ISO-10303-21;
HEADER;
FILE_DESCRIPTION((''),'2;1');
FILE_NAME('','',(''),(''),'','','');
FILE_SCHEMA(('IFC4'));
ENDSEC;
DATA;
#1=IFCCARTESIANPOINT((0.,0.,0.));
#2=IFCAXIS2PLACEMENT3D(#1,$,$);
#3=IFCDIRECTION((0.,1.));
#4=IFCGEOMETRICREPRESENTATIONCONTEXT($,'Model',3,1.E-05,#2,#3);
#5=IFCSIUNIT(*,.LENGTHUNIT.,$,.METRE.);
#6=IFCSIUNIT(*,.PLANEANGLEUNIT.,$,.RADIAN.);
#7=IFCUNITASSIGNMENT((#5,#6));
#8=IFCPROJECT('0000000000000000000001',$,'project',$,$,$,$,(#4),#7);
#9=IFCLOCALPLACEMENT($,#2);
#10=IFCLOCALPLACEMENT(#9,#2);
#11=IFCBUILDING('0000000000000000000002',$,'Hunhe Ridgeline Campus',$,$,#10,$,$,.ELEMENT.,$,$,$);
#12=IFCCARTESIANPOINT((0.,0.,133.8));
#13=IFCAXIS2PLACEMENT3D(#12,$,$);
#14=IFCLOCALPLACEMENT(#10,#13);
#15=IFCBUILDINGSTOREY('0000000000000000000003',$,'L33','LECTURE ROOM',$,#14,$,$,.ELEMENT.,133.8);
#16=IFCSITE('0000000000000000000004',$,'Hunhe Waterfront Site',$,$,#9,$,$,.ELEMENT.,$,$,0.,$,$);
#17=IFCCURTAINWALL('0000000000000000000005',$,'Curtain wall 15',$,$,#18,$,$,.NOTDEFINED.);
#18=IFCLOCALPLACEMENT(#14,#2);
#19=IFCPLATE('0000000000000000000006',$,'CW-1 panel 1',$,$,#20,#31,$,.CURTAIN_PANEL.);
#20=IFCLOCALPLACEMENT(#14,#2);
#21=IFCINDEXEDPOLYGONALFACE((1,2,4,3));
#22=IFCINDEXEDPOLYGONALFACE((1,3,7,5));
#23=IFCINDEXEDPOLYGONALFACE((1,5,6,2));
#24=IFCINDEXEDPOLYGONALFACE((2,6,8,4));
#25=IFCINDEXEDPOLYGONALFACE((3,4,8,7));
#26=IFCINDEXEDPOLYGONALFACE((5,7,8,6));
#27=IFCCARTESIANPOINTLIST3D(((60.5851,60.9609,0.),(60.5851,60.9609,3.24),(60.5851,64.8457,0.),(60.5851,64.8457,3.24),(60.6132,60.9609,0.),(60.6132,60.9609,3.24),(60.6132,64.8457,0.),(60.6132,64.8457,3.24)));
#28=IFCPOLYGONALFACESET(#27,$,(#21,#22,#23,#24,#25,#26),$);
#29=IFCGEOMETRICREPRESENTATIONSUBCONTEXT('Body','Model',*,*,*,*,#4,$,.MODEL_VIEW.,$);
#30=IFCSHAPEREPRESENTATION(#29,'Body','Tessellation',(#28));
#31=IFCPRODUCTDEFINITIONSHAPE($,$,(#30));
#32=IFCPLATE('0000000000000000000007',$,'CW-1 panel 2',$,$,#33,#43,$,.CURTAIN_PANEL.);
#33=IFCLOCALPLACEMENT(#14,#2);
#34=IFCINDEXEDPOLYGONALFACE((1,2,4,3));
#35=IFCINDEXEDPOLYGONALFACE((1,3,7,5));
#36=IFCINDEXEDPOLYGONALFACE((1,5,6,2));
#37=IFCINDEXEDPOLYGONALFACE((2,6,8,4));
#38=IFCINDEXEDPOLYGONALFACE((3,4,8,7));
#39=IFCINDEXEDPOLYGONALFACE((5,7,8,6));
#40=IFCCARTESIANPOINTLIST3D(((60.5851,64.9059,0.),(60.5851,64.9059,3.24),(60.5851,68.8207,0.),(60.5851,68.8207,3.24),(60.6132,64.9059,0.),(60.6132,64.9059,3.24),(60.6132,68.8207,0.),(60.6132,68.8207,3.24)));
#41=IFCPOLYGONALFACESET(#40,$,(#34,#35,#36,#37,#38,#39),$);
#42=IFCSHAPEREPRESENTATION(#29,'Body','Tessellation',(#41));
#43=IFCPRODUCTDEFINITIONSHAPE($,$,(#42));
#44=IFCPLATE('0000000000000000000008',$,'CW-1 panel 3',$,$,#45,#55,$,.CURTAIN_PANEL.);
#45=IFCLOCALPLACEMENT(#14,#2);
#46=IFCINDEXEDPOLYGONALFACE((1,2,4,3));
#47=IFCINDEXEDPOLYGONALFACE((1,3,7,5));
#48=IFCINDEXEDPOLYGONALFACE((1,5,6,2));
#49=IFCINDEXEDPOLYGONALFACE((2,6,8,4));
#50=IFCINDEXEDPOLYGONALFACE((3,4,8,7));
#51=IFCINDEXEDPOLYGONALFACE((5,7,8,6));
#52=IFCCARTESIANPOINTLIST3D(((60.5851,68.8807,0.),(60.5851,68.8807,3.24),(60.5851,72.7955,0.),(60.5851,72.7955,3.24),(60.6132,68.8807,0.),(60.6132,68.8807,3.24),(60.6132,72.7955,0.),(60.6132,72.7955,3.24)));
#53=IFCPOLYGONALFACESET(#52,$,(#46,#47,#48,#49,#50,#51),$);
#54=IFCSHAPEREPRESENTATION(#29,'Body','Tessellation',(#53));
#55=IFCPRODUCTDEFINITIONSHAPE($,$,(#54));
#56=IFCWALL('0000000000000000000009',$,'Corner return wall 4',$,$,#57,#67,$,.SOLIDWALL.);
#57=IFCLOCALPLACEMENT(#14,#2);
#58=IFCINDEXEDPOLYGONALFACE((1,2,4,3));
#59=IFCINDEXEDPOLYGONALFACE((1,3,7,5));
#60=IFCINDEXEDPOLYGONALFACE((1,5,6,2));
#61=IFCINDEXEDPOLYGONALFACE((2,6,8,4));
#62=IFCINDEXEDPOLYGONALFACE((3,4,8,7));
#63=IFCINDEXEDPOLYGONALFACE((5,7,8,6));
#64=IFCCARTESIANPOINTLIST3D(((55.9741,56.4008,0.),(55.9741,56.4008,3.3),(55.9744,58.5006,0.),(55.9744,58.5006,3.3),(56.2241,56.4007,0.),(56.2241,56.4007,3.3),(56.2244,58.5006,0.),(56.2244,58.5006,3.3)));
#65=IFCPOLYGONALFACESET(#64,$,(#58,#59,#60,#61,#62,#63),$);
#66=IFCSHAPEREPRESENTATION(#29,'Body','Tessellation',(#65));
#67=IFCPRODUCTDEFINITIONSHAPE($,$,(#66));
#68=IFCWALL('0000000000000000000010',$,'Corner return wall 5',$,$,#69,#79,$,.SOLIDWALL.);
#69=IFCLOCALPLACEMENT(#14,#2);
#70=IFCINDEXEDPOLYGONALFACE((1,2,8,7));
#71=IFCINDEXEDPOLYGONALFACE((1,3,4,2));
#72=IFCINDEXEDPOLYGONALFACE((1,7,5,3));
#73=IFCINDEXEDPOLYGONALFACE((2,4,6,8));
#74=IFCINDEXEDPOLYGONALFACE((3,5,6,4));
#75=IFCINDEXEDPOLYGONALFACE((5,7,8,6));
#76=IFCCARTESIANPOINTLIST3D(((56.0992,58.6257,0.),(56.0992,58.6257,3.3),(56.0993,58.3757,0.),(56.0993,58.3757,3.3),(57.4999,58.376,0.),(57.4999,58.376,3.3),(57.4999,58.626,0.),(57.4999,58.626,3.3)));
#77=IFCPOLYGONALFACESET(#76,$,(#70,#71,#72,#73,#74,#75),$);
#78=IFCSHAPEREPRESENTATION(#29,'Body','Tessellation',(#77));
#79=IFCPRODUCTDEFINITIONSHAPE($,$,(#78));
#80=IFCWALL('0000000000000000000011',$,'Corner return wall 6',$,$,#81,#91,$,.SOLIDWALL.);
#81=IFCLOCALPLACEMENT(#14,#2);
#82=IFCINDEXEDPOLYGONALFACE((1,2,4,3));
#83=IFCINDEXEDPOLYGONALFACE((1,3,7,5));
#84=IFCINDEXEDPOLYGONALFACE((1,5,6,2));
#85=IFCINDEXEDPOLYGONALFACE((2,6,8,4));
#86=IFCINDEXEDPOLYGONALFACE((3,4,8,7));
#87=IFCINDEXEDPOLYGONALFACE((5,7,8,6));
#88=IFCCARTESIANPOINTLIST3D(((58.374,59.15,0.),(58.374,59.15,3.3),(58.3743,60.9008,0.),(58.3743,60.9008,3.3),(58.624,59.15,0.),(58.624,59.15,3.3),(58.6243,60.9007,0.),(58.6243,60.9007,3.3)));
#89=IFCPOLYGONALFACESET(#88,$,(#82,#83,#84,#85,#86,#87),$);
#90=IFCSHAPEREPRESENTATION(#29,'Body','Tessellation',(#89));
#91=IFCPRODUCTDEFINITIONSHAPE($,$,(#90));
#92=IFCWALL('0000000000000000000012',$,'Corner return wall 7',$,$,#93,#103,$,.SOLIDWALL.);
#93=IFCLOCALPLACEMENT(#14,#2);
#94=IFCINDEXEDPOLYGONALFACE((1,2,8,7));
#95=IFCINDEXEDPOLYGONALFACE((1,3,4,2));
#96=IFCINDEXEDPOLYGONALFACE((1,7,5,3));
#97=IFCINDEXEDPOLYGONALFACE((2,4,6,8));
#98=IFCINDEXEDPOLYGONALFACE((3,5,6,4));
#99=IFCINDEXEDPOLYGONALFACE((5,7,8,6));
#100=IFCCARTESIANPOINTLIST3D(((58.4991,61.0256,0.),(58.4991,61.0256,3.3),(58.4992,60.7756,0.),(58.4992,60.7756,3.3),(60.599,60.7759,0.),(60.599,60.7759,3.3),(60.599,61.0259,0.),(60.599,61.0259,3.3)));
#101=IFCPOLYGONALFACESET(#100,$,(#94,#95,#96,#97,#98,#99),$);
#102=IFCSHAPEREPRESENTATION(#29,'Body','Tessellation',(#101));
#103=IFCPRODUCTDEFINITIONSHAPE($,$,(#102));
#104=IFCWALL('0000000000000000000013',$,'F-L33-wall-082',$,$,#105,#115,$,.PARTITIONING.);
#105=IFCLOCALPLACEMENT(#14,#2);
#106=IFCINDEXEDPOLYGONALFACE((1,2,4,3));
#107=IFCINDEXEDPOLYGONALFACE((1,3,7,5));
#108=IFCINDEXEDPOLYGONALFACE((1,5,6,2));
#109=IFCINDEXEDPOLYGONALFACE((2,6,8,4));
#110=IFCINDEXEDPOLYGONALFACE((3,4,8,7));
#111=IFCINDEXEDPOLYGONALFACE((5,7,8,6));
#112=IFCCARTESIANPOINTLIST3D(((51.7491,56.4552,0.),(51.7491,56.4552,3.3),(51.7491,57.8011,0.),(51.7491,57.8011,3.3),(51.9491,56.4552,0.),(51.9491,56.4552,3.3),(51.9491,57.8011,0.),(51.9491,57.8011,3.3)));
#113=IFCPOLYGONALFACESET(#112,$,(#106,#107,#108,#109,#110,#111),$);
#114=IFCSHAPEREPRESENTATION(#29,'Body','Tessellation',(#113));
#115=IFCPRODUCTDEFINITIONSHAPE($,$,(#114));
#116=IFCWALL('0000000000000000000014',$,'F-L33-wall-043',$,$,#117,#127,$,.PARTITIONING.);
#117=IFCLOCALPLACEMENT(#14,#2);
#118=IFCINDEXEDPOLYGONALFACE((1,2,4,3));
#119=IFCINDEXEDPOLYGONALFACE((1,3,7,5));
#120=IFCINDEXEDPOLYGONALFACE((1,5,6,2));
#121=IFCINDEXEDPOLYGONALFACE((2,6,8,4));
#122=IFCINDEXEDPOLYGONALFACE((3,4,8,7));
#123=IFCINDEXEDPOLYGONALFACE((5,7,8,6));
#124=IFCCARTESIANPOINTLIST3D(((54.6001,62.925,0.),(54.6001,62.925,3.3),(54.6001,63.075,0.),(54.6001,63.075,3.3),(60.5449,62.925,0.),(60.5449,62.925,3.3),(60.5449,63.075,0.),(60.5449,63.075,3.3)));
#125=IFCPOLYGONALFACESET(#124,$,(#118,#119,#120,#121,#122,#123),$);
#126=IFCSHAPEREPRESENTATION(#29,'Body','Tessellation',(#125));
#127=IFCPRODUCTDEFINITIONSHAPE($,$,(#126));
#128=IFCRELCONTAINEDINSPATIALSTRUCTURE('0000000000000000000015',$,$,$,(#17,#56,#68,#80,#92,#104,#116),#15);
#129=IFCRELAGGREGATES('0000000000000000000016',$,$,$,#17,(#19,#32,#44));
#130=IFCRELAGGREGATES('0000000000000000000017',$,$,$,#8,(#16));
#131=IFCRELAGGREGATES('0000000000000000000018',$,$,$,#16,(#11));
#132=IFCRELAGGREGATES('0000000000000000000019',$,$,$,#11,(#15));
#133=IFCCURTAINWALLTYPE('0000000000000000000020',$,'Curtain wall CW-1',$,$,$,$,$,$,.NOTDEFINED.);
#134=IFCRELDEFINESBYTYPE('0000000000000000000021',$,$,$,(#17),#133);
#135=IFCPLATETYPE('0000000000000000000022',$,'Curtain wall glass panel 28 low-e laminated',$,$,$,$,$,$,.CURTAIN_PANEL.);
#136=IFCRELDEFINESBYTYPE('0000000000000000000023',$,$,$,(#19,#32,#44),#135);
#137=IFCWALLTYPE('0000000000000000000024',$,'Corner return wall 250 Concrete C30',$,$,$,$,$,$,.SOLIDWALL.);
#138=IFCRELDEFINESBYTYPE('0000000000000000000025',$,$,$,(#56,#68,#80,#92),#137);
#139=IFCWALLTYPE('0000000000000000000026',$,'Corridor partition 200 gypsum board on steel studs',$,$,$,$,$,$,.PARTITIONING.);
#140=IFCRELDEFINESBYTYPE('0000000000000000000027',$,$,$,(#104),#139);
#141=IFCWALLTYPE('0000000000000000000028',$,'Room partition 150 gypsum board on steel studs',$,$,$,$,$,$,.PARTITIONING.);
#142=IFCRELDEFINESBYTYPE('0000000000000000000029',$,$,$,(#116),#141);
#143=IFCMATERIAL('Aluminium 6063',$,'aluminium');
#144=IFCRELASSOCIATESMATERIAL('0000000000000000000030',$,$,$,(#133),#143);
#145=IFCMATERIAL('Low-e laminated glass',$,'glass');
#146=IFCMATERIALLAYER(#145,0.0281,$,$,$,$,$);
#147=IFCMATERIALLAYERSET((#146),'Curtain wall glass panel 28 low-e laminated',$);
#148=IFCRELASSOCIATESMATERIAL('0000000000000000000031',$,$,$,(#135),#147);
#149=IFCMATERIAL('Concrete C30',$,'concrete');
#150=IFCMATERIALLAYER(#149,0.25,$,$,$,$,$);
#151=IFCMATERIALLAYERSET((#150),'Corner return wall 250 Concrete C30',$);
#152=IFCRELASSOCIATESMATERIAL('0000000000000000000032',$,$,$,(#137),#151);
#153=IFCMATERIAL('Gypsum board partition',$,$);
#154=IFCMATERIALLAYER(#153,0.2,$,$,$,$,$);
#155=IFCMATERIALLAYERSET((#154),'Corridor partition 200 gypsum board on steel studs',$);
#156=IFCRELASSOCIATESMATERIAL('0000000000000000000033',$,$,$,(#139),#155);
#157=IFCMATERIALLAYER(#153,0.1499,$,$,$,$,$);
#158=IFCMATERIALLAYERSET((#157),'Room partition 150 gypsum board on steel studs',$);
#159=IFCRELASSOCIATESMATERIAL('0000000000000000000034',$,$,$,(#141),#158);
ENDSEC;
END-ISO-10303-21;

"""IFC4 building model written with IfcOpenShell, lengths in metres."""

from ifc_helpers import new_model, si_unit, direction, frame, frame_2d, origin, origin_2d, place, context, subcontext, project, spatial, rectangle, extrude, material, layer, layer_set, type_object, element, aggregate, save


model = new_model("IFC4")

# Units and contexts
model_context = context("Model", 3, precision=1e-05, world=origin(), true_north=direction((0.0, 1.0)))
body_context = subcontext(model_context, "Body", "Model", "MODEL_VIEW")
ifc_project = project(units=[si_unit("LENGTHUNIT", "METRE"), si_unit("PLANEANGLEUNIT", "RADIAN")], contexts=[model_context])

# Site, building, storey
site_placement = place(None, origin())
site = spatial("IfcSite", under=ifc_project, at=site_placement, Name="Hunhe Waterfront Site", CompositionType="ELEMENT", RefElevation=0.0)
building_placement = place(site_placement, origin())
building = spatial("IfcBuilding", under=site, at=building_placement, Name="Hunhe Ridgeline Campus", CompositionType="ELEMENT")
storey_placement = place(building_placement, frame((0.0, 0.0, 133.8)))
storey = spatial("IfcBuildingStorey", under=building, at=storey_placement, Name="L33", Description="LECTURE ROOM", CompositionType="ELEMENT", Elevation=133.8)

# Curtain wall
ifc_material_1 = material(Name="Aluminium 6063", Category="aluminium")
curtain_wall_type = type_object("IfcCurtainWallType", Name="Curtain wall CW-1", PredefinedType="NOTDEFINED", material=ifc_material_1)
curtain_wall_1_placement = place(storey_placement, origin())
curtain_wall_1 = element("IfcCurtainWall", 1, at=curtain_wall_1_placement, inside=storey, type_object=curtain_wall_type, Name="Curtain wall 15", PredefinedType="NOTDEFINED")

# Plates
ifc_material_2 = material(Name="Low-e laminated glass", Category="glass")
ifc_layer_1 = layer(ifc_material_2, 0.0281)
ifc_layer_set_1 = layer_set([ifc_layer_1], Name="Curtain wall glass panel 28 low-e laminated")
plate_type = type_object("IfcPlateType", Name="Curtain wall glass panel 28 low-e laminated", PredefinedType="CURTAIN_PANEL", material=ifc_layer_set_1)
plate_1_placement = place(storey_placement, frame((60.5991, 62.9033, 0.0), z_axis=(0.0, 0.0, 1.0), x_axis=(0.0, 1.0, 0.0)))
plate_1 = element("IfcPlate", 2, at=plate_1_placement, type_object=plate_type, Name="CW-1 panel 1", PredefinedType="CURTAIN_PANEL", context=body_context, shape_type="SweptSolid", body=[
    extrude(rectangle(XDim=3.8848, YDim=0.0281, at=origin_2d()), origin(), (0.0, 0.0, 1.0), 3.24),
])
plate_2_placement = place(storey_placement, frame((60.5991, 66.8633, 0.0), z_axis=(0.0, 0.0, 1.0), x_axis=(0.0, 1.0, 0.0)))
plate_2 = element("IfcPlate", 3, at=plate_2_placement, type_object=plate_type, Name="CW-1 panel 2", PredefinedType="CURTAIN_PANEL", context=body_context, shape_type="SweptSolid", body=[
    extrude(rectangle(XDim=3.9148, YDim=0.0281, at=origin_2d()), origin(), (0.0, 0.0, 1.0), 3.24),
])
plate_3_placement = place(storey_placement, frame((60.5991, 70.8381, 0.0), z_axis=(0.0, 0.0, 1.0), x_axis=(0.0, 1.0, 0.0)))
plate_3 = element("IfcPlate", 4, at=plate_3_placement, type_object=plate_type, Name="CW-1 panel 3", PredefinedType="CURTAIN_PANEL", context=body_context, shape_type="SweptSolid", body=[
    extrude(rectangle(XDim=3.9148, YDim=0.0281, at=origin_2d()), origin(), (0.0, 0.0, 1.0), 3.24),
])
aggregate(curtain_wall_1, [plate_1, plate_2, plate_3])

# Walls
ifc_material_3 = material(Name="Concrete C30", Category="concrete")
ifc_layer_2 = layer(ifc_material_3, 0.25)
ifc_layer_set_2 = layer_set([ifc_layer_2], Name="Corner return wall 250 Concrete C30")
wall_type_1 = type_object("IfcWallType", Name="Corner return wall 250 Concrete C30", PredefinedType="SOLIDWALL", material=ifc_layer_set_2)
wall_1_placement = place(storey_placement, frame((56.0991, 56.4009, 0.0), z_axis=(0.0, 0.0, 1.0), x_axis=(0.000116, 1.0, 0.0)))
element("IfcWall", 5, at=wall_1_placement, inside=storey, type_object=wall_type_1, Name="Corner return wall 4", PredefinedType="SOLIDWALL", context=body_context, shape_type="SweptSolid", body=[
    extrude(rectangle(XDim=2.0999, YDim=0.25, at=frame_2d((1.0498, 0.0))), origin(), (0.0, 0.0, 1.0), 3.3),
])
wall_2_placement = place(storey_placement, frame((56.0994, 58.5007, 0.0), z_axis=(0.0, 0.0, 1.0), x_axis=(1.0, 0.000174, 0.0)))
element("IfcWall", 6, at=wall_2_placement, inside=storey, type_object=wall_type_1, Name="Corner return wall 5", PredefinedType="SOLIDWALL", context=body_context, shape_type="SweptSolid", body=[
    extrude(rectangle(XDim=1.4006, YDim=0.25, at=frame_2d((0.7002, 0.0))), origin(), (0.0, 0.0, 1.0), 3.3),
])
wall_3_placement = place(storey_placement, frame((58.499, 59.1499, 0.0), z_axis=(0.0, 0.0, 1.0), x_axis=(0.000139, 1.0, 0.0)))
element("IfcWall", 7, at=wall_3_placement, inside=storey, type_object=wall_type_1, Name="Corner return wall 6", PredefinedType="SOLIDWALL", context=body_context, shape_type="SweptSolid", body=[
    extrude(rectangle(XDim=1.7507, YDim=0.25, at=frame_2d((0.8755, 0.0))), origin(), (0.0, 0.0, 1.0), 3.3),
])
wall_4_placement = place(storey_placement, frame((58.4993, 60.9006, 0.0), z_axis=(0.0, 0.0, 1.0), x_axis=(1.0, 0.000116, 0.0)))
element("IfcWall", 8, at=wall_4_placement, inside=storey, type_object=wall_type_1, Name="Corner return wall 7", PredefinedType="SOLIDWALL", context=body_context, shape_type="SweptSolid", body=[
    extrude(rectangle(XDim=2.0999, YDim=0.25, at=frame_2d((1.0498, 0.0))), origin(), (0.0, 0.0, 1.0), 3.3),
])
ifc_material_4 = material(Name="Gypsum board partition")
ifc_layer_3 = layer(ifc_material_4, 0.2)
ifc_layer_set_3 = layer_set([ifc_layer_3], Name="Corridor partition 200 gypsum board on steel studs")
wall_type_2 = type_object("IfcWallType", Name="Corridor partition 200 gypsum board on steel studs", PredefinedType="PARTITIONING", material=ifc_layer_set_3)
wall_5_placement = place(storey_placement, frame((51.8491, 57.801, 0.0), z_axis=(0.0, 0.0, 1.0), x_axis=(0.0, -1.0, 0.0)))
element("IfcWall", 9, at=wall_5_placement, inside=storey, type_object=wall_type_2, Name="F-L33-wall-082", PredefinedType="PARTITIONING", context=body_context, shape_type="SweptSolid", body=[
    extrude(rectangle(XDim=1.3459, YDim=0.2, at=frame_2d((0.6729, 0.0))), origin(), (0.0, 0.0, 1.0), 3.3),
])
ifc_layer_4 = layer(ifc_material_4, 0.1499)
ifc_layer_set_4 = layer_set([ifc_layer_4], Name="Room partition 150 gypsum board on steel studs")
wall_type_3 = type_object("IfcWallType", Name="Room partition 150 gypsum board on steel studs", PredefinedType="PARTITIONING", material=ifc_layer_set_4)
wall_6_placement = place(storey_placement, frame((54.6001, 63.0, 0.0), z_axis=(0.0, 0.0, 1.0), x_axis=(1.0, 0.0, 0.0)))
element("IfcWall", 10, at=wall_6_placement, inside=storey, type_object=wall_type_3, Name="F-L33-wall-043", PredefinedType="PARTITIONING", context=body_context, shape_type="SweptSolid", body=[
    extrude(rectangle(XDim=5.9448, YDim=0.1499, at=frame_2d((2.9724, 0.0))), origin(), (0.0, 0.0, 1.0), 3.3),
])

save(model, "model.ifc")
